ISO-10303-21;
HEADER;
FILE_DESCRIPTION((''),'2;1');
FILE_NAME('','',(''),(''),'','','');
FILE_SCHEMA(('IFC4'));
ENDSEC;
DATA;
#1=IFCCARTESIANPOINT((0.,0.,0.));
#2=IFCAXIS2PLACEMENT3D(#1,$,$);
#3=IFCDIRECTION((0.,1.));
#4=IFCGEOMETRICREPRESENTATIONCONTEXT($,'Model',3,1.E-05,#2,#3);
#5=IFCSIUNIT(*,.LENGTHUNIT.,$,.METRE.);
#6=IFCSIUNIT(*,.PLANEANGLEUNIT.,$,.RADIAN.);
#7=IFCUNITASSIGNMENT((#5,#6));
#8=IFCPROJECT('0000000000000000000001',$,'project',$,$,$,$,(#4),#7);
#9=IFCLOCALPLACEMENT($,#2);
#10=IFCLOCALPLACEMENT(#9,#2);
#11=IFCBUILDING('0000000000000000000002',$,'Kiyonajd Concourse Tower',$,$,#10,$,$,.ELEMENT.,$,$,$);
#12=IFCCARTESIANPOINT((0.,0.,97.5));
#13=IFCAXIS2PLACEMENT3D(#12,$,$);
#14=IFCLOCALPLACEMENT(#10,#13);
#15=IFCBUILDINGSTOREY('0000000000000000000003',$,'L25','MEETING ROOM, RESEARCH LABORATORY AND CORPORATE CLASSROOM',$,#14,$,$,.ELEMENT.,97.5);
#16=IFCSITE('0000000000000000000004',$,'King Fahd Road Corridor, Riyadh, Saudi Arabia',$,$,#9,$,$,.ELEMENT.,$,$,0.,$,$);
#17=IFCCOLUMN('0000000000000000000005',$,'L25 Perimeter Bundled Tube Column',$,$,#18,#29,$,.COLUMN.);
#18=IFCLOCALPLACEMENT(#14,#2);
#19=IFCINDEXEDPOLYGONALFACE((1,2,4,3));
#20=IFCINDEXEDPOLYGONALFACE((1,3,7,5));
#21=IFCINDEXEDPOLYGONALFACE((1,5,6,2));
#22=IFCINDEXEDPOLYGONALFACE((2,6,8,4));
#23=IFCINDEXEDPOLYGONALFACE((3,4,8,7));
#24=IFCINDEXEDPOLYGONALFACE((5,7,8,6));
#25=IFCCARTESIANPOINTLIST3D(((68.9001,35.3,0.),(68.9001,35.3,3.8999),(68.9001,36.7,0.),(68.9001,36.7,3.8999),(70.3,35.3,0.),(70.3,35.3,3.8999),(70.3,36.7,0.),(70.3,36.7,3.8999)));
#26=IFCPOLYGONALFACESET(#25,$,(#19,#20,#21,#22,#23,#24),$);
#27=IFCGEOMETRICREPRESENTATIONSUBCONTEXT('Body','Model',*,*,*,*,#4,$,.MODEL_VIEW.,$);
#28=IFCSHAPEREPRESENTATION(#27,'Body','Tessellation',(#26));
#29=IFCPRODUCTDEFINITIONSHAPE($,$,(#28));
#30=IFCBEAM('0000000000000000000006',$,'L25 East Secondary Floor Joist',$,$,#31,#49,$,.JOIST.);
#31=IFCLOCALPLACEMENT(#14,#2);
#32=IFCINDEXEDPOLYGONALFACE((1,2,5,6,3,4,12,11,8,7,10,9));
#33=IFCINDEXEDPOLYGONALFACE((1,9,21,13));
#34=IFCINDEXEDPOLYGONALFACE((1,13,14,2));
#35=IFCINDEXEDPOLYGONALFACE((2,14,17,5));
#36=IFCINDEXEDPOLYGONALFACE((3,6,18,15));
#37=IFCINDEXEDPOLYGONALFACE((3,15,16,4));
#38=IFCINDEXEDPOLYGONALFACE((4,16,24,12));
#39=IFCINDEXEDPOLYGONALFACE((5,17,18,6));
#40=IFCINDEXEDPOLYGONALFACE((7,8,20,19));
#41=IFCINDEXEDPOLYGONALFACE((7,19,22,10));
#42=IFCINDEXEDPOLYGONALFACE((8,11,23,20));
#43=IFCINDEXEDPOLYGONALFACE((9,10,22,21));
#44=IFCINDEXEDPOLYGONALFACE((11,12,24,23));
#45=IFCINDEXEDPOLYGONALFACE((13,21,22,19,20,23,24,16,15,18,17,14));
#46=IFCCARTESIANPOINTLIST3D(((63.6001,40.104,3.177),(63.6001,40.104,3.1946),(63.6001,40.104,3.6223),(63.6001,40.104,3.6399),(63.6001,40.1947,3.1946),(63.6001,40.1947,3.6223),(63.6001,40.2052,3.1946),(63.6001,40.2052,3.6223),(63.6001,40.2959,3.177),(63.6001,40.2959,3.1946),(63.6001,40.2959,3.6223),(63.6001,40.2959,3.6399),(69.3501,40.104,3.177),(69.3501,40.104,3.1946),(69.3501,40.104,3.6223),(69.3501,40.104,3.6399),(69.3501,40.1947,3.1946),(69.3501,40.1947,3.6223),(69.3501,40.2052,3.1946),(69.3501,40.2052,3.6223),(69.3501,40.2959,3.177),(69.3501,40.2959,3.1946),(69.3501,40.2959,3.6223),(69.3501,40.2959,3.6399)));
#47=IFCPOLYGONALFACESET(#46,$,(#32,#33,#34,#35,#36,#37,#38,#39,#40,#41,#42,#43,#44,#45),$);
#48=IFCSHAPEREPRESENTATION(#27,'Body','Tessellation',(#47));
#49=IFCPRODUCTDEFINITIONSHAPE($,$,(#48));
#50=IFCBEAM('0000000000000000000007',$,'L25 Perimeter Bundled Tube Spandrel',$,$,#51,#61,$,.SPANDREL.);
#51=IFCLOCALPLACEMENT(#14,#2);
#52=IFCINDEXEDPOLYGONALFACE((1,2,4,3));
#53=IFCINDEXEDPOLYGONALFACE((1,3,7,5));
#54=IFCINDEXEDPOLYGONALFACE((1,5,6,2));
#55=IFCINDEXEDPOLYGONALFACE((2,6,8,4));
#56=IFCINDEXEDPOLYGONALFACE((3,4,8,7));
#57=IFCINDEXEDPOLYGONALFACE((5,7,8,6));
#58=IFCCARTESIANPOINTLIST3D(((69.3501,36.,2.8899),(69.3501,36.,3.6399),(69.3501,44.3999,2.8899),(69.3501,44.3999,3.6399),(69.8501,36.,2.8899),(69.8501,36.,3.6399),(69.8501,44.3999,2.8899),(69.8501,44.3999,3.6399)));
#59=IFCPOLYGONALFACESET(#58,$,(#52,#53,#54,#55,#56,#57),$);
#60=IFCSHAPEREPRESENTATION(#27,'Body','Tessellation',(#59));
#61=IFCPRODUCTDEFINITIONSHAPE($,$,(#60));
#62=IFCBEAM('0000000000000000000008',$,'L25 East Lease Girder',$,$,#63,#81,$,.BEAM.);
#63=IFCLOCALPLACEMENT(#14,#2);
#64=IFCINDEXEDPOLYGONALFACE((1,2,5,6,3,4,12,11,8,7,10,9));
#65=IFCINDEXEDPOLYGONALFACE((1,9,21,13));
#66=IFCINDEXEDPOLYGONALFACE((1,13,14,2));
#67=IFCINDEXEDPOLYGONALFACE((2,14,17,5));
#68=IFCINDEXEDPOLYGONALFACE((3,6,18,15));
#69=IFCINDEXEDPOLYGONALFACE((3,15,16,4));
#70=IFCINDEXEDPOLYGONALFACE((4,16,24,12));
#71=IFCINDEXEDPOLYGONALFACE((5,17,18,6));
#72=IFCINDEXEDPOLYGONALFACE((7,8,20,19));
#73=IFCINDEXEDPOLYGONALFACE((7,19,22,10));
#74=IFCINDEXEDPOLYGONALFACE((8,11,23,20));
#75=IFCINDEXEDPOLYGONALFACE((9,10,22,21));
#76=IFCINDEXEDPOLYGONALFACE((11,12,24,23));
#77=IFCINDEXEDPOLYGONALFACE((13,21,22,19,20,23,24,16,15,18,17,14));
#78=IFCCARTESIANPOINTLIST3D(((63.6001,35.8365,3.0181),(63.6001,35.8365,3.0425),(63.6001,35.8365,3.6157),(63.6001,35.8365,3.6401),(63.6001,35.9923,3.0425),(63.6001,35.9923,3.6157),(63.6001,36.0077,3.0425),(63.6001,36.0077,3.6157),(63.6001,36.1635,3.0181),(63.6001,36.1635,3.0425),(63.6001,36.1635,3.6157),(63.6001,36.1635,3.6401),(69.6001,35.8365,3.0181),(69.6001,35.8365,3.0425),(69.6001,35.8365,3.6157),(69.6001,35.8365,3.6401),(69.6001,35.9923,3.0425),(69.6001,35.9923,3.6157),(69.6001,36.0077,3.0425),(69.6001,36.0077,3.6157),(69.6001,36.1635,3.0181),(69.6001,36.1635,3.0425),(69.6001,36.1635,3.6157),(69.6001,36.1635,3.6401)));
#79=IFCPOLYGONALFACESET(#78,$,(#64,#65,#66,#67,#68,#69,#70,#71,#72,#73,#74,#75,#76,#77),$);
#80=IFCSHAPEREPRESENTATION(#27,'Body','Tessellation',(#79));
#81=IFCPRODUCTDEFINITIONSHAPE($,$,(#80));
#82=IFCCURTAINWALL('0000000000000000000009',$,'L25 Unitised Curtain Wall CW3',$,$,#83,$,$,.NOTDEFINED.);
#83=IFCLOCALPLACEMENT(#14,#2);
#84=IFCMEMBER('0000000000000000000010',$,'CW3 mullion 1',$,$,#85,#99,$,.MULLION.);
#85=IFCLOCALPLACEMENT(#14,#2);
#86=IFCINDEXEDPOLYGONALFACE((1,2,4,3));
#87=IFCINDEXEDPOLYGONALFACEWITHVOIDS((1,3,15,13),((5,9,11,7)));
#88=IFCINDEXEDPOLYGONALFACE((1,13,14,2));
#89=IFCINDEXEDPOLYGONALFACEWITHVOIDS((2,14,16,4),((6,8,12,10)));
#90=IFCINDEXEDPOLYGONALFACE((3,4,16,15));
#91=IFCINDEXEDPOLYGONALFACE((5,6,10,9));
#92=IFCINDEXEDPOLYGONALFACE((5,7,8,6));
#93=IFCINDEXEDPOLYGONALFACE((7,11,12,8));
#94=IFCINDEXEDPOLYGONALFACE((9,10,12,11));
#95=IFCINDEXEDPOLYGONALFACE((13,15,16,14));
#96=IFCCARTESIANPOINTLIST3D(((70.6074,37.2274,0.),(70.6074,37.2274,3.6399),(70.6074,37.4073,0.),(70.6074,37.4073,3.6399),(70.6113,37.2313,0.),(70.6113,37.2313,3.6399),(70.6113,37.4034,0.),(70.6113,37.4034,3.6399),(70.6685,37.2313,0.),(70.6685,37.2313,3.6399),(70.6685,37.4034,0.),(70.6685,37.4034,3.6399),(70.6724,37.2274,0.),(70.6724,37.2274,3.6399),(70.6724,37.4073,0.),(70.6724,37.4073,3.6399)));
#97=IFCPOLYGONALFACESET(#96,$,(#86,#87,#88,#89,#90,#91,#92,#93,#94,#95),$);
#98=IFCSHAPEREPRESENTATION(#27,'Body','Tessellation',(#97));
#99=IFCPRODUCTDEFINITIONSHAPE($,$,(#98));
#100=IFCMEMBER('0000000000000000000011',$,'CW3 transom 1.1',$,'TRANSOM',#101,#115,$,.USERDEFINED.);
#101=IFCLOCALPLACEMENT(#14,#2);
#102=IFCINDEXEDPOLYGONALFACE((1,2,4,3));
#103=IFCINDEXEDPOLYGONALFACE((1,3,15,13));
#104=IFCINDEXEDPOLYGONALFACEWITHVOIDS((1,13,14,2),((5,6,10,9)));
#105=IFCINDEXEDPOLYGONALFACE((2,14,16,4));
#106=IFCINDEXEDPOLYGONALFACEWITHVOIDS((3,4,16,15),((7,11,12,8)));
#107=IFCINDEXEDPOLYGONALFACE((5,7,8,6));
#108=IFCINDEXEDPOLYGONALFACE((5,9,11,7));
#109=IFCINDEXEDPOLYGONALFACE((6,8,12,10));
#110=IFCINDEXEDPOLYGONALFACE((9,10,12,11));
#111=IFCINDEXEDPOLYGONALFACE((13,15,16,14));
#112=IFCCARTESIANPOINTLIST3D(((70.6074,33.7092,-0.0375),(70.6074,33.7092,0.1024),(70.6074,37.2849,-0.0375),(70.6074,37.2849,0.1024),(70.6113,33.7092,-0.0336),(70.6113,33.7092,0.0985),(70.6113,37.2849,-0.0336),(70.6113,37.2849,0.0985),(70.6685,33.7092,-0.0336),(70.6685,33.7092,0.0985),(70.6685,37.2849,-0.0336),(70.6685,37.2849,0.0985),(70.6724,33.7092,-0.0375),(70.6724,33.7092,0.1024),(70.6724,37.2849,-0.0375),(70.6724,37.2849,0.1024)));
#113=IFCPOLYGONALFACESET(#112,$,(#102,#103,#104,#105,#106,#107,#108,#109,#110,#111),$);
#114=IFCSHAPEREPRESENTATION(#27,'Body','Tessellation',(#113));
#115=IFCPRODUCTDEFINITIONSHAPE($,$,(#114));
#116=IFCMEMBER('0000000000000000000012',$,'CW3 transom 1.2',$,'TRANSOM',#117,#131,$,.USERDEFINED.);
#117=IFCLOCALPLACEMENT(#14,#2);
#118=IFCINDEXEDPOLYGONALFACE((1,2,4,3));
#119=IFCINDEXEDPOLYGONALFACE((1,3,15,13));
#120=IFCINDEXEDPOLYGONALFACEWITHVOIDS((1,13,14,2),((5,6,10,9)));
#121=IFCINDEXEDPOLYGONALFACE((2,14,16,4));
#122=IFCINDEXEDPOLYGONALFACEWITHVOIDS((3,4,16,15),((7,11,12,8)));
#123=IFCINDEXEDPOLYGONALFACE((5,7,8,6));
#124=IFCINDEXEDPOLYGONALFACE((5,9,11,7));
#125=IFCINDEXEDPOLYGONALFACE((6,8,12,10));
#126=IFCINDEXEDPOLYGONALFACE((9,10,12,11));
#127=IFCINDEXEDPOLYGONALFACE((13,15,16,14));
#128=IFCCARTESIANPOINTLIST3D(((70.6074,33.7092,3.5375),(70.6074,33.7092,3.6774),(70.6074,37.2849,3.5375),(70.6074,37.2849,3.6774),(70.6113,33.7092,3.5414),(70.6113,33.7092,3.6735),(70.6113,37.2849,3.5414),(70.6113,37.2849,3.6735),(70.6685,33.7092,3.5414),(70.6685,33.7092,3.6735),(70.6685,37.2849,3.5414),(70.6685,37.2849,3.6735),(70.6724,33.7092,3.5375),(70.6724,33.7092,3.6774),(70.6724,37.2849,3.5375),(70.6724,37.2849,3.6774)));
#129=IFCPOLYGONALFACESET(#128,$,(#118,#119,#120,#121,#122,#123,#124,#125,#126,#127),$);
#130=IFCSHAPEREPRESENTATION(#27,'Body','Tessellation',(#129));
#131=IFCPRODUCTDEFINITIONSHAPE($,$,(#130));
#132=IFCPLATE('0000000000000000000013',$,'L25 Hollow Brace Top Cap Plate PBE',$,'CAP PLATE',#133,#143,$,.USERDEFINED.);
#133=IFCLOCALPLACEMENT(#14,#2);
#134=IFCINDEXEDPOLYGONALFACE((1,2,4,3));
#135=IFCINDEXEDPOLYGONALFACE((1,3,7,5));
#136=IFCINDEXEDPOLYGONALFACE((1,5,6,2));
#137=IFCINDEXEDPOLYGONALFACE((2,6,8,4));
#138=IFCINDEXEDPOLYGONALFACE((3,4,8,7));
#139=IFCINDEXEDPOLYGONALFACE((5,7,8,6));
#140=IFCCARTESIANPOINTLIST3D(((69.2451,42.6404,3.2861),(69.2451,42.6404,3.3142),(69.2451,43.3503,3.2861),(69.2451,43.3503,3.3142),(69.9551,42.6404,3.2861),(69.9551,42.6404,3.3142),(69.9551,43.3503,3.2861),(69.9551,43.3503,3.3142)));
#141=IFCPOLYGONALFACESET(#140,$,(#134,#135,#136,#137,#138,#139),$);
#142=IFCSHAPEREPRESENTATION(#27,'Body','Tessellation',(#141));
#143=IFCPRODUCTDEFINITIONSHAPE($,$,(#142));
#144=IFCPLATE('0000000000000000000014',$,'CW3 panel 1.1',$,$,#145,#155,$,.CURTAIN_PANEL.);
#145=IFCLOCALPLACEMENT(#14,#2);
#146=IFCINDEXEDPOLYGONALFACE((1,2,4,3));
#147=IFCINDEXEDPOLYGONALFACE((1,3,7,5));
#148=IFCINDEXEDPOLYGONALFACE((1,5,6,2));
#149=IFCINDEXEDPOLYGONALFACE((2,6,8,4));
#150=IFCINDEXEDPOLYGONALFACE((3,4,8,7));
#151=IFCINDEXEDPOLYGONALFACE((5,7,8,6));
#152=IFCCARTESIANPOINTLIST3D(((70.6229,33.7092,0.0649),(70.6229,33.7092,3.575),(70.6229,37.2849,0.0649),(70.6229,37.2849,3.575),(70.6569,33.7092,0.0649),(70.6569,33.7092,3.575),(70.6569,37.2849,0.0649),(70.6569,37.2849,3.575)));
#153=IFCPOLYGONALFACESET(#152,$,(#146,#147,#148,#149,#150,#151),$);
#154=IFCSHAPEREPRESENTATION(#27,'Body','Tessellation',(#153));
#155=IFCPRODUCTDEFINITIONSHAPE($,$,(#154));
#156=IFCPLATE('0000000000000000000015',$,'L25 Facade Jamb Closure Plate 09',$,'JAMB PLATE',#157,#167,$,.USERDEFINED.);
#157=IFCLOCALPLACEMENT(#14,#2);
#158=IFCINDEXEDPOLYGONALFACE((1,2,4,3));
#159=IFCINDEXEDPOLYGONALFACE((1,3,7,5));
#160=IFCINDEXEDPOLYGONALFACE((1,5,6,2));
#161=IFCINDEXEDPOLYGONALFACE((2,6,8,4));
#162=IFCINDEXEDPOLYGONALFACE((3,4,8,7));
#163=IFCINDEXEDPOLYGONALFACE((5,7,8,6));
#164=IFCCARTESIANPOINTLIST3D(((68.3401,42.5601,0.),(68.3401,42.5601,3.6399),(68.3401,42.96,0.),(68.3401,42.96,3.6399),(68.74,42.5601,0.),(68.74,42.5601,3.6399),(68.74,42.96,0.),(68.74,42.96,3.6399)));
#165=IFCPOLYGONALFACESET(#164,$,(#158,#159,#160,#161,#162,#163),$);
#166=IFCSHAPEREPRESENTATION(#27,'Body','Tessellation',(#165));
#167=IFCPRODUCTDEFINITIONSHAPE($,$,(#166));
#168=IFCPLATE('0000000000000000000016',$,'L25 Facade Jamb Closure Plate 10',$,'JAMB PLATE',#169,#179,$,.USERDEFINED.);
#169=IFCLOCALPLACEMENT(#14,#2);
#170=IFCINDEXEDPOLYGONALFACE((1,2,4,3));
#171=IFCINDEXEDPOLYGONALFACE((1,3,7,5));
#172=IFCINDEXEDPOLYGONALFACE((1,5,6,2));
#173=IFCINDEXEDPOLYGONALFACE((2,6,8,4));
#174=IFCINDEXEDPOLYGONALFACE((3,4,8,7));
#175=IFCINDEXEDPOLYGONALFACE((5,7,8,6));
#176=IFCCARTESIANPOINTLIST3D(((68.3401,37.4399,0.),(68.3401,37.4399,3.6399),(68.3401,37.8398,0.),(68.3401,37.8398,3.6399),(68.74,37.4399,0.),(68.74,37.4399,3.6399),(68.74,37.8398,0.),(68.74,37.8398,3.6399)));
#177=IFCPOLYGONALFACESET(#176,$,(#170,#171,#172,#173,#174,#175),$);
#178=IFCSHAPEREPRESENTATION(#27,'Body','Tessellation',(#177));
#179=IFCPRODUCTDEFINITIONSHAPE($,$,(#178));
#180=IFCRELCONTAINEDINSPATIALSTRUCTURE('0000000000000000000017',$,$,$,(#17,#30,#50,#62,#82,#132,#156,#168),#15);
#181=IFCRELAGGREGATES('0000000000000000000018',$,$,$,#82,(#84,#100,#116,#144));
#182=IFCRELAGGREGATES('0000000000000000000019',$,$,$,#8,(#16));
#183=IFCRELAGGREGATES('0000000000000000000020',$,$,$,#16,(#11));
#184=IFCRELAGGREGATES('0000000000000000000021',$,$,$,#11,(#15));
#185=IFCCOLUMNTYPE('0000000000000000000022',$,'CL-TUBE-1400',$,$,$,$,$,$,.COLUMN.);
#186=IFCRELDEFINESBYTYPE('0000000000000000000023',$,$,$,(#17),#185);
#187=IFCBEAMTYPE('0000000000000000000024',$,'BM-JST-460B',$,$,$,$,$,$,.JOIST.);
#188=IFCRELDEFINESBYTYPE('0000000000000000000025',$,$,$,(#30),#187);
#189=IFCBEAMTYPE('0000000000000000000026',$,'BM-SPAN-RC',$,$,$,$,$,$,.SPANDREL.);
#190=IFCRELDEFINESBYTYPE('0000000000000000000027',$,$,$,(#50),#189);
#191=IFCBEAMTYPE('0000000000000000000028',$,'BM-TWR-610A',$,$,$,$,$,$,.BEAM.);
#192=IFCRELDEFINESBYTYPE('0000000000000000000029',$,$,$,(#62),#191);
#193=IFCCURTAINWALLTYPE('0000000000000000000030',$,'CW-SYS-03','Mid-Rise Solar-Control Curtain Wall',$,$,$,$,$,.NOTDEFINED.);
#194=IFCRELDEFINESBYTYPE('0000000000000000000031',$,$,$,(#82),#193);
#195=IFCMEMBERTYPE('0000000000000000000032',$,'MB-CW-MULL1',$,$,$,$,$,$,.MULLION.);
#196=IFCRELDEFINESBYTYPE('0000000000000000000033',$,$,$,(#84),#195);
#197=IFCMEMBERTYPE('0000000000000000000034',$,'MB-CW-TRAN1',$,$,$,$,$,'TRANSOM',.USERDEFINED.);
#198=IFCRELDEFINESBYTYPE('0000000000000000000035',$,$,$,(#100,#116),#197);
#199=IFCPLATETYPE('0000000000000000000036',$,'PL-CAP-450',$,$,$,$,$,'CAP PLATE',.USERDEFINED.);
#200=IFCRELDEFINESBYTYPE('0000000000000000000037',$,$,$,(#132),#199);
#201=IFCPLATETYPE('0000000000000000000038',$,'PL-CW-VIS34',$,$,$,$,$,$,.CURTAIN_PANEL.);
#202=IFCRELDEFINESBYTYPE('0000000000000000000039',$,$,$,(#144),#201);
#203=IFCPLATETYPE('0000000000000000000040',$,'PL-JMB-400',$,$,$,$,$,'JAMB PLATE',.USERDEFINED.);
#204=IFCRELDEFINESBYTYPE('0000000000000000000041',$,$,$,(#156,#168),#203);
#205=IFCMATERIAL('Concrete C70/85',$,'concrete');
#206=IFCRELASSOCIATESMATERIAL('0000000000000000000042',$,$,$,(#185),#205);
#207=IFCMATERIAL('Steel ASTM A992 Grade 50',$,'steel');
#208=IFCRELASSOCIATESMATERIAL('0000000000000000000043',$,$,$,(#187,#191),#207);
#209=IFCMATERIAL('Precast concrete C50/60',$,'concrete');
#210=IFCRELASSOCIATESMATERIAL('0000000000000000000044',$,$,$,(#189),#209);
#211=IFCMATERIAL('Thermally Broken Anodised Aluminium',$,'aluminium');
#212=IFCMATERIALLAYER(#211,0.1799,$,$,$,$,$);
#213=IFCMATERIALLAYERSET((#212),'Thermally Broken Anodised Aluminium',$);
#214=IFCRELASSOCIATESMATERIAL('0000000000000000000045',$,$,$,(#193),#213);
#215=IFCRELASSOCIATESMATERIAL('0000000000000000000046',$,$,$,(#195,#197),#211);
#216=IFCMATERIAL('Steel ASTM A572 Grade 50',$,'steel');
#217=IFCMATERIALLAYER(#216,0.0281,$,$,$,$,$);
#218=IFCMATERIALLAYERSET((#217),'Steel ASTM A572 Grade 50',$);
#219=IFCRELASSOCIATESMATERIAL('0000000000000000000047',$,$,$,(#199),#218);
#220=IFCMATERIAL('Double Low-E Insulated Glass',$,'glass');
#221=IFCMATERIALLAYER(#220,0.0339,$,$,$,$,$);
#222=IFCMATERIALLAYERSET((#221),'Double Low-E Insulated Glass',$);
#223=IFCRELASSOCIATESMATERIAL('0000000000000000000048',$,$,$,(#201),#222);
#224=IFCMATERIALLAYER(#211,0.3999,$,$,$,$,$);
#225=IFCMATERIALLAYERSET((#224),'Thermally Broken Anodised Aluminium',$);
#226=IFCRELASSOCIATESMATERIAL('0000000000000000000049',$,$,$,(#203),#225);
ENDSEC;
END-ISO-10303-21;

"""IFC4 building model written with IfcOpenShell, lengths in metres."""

from ifc_helpers import new_model, si_unit, direction, frame, origin, origin_2d, place, context, subcontext, project, spatial, rectangle, hollow_rectangle, i_section, extrude, material, layer, layer_set, material_profile, profile_set, type_object, element, aggregate, save


model = new_model("IFC4")

# Units and contexts
model_context = context("Model", 3, precision=1e-05, world=origin(), true_north=direction((0.0, 1.0)))
body_context = subcontext(model_context, "Body", "Model", "MODEL_VIEW")
ifc_project = project(units=[si_unit("LENGTHUNIT", "METRE"), si_unit("PLANEANGLEUNIT", "RADIAN")], contexts=[model_context])

# Site, building, storey
site_placement = place(None, origin())
site = spatial("IfcSite", under=ifc_project, at=site_placement, Name="King Fahd Road Corridor, Riyadh, Saudi Arabia", CompositionType="ELEMENT", RefElevation=0.0)
building_placement = place(site_placement, origin())
building = spatial("IfcBuilding", under=site, at=building_placement, Name="Kiyonajd Concourse Tower", CompositionType="ELEMENT")
storey_placement = place(building_placement, frame((0.0, 0.0, 97.5)))
storey = spatial("IfcBuildingStorey", under=building, at=storey_placement, Name="L25", Description="MEETING ROOM, RESEARCH LABORATORY AND CORPORATE CLASSROOM", CompositionType="ELEMENT", Elevation=97.5)

# Column
ifc_material_1 = material(Name="Concrete C70/85", Category="concrete")
ifc_material_profile_1 = material_profile(ifc_material_1, rectangle(XDim=1.3999, YDim=1.3999, at=origin_2d()), Name="RC-1400x1400")
ifc_profile_set_1 = profile_set([ifc_material_profile_1], Name="Concrete C70/85")
column_type = type_object("IfcColumnType", Name="CL-TUBE-1400", PredefinedType="COLUMN", material=ifc_profile_set_1)
column_placement = place(storey_placement, frame((69.6001, 36.0, 0.0), z_axis=(0.0, 0.0, 1.0), x_axis=(1.0, 0.0, 0.0)))
element("IfcColumn", 1, at=column_placement, inside=storey, type_object=column_type, Name="L25 Perimeter Bundled Tube Column", PredefinedType="COLUMN", context=body_context, shape_type="SweptSolid", body=[
    extrude(rectangle(XDim=1.3999, YDim=1.3999, at=origin_2d()), origin(), (0.0, 0.0, 1.0), 3.8999),
])

# Beams
ifc_material_2 = material(Name="Steel ASTM A992 Grade 50", Category="steel")
ifc_material_profile_2 = material_profile(ifc_material_2, i_section(OverallWidth=0.1919, OverallDepth=0.4629, WebThickness=0.0105, FlangeThickness=0.0176, at=origin_2d()), Name="W460X89")
ifc_profile_set_2 = profile_set([ifc_material_profile_2], Name="Steel ASTM A992 Grade 50")
beam_type_1 = type_object("IfcBeamType", Name="BM-JST-460B", PredefinedType="JOIST", material=ifc_profile_set_2)
beam_1_placement = place(storey_placement, frame((63.6001, 40.2, 3.4084), z_axis=(1.0, 0.0, 0.0), x_axis=(0.0, 1.0, 0.0)))
element("IfcBeam", 2, at=beam_1_placement, inside=storey, type_object=beam_type_1, Name="L25 East Secondary Floor Joist", PredefinedType="JOIST", context=body_context, shape_type="SweptSolid", body=[
    extrude(i_section(OverallWidth=0.1919, OverallDepth=0.4629, WebThickness=0.0105, FlangeThickness=0.0176, at=origin_2d()), origin(), (0.0, 0.0, 1.0), 5.75),
])
ifc_material_3 = material(Name="Precast concrete C50/60", Category="concrete")
ifc_material_profile_3 = material_profile(ifc_material_3, rectangle(XDim=0.5, YDim=0.75, at=origin_2d()), Name="RCBM-500x750")
ifc_profile_set_3 = profile_set([ifc_material_profile_3], Name="Precast concrete C50/60")
beam_type_2 = type_object("IfcBeamType", Name="BM-SPAN-RC", PredefinedType="SPANDREL", material=ifc_profile_set_3)
beam_2_placement = place(storey_placement, frame((69.6001, 36.0, 3.2649), z_axis=(0.0, 1.0, 0.0), x_axis=(-1.0, 0.0, 0.0)))
element("IfcBeam", 3, at=beam_2_placement, inside=storey, type_object=beam_type_2, Name="L25 Perimeter Bundled Tube Spandrel", PredefinedType="SPANDREL", context=body_context, shape_type="SweptSolid", body=[
    extrude(rectangle(XDim=0.5, YDim=0.75, at=origin_2d()), origin(), (0.0, 0.0, 1.0), 8.3999),
])
ifc_material_profile_4 = material_profile(ifc_material_2, i_section(OverallWidth=0.3269, OverallDepth=0.6221, WebThickness=0.0154, FlangeThickness=0.0244, at=origin_2d()), Name="W610X195")
ifc_profile_set_4 = profile_set([ifc_material_profile_4], Name="Steel ASTM A992 Grade 50")
beam_type_3 = type_object("IfcBeamType", Name="BM-TWR-610A", PredefinedType="BEAM", material=ifc_profile_set_4)
beam_3_placement = place(storey_placement, frame((63.6001, 36.0, 3.3291), z_axis=(1.0, 0.0, 0.0), x_axis=(0.0, 1.0, 0.0)))
element("IfcBeam", 4, at=beam_3_placement, inside=storey, type_object=beam_type_3, Name="L25 East Lease Girder", PredefinedType="BEAM", context=body_context, shape_type="SweptSolid", body=[
    extrude(i_section(OverallWidth=0.3269, OverallDepth=0.6221, WebThickness=0.0154, FlangeThickness=0.0244, at=origin_2d()), origin(), (0.0, 0.0, 1.0), 6.0),
])

# Curtain wall, members
ifc_material_4 = material(Name="Thermally Broken Anodised Aluminium", Category="aluminium")
ifc_layer_1 = layer(ifc_material_4, 0.1799)
ifc_layer_set_1 = layer_set([ifc_layer_1], Name="Thermally Broken Anodised Aluminium")
curtain_wall_type = type_object("IfcCurtainWallType", Name="CW-SYS-03", Description="Mid-Rise Solar-Control Curtain Wall", PredefinedType="NOTDEFINED", material=ifc_layer_set_1)
curtain_wall_placement = place(storey_placement, origin())
curtain_wall = element("IfcCurtainWall", 5, at=curtain_wall_placement, inside=storey, type_object=curtain_wall_type, Name="L25 Unitised Curtain Wall CW3", PredefinedType="NOTDEFINED")
ifc_material_profile_5 = material_profile(ifc_material_4, hollow_rectangle(XDim=0.0649, YDim=0.1799, WallThickness=0.0039, at=origin_2d()), Name="MULL-65x180")
ifc_profile_set_5 = profile_set([ifc_material_profile_5], Name="Thermally Broken Anodised Aluminium")
member_type_1 = type_object("IfcMemberType", Name="MB-CW-MULL1", PredefinedType="MULLION", material=ifc_profile_set_5)
member_1_placement = place(storey_placement, frame((70.6399, 37.3174, 0.0), z_axis=(0.0, 0.0, 1.0), x_axis=(1.0, 0.0, 0.0)))
member_1 = element("IfcMember", 6, at=member_1_placement, type_object=member_type_1, Name="CW3 mullion 1", PredefinedType="MULLION", context=body_context, shape_type="SweptSolid", body=[
    extrude(hollow_rectangle(XDim=0.0649, YDim=0.1799, WallThickness=0.0039, at=origin_2d()), origin(), (0.0, 0.0, 1.0), 3.6399),
])
ifc_material_profile_6 = material_profile(ifc_material_4, hollow_rectangle(XDim=0.0649, YDim=0.1399, WallThickness=0.0039, at=origin_2d()), Name="TRAN-65x140")
ifc_profile_set_6 = profile_set([ifc_material_profile_6], Name="Thermally Broken Anodised Aluminium")
member_type_2 = type_object("IfcMemberType", Name="MB-CW-TRAN1", ElementType="TRANSOM", PredefinedType="USERDEFINED", material=ifc_profile_set_6)
member_2_placement = place(storey_placement, frame((70.6399, 37.2849, 0.0325), z_axis=(0.0, -1.0, 0.0), x_axis=(1.0, 0.0, 0.0)))
member_2 = element("IfcMember", 7, at=member_2_placement, type_object=member_type_2, Name="CW3 transom 1.1", ObjectType="TRANSOM", PredefinedType="USERDEFINED", context=body_context, shape_type="SweptSolid", body=[
    extrude(hollow_rectangle(XDim=0.0649, YDim=0.1399, WallThickness=0.0039, at=origin_2d()), origin(), (0.0, 0.0, 1.0), 3.5757),
])
member_3_placement = place(storey_placement, frame((70.6399, 37.2849, 3.6074), z_axis=(0.0, -1.0, 0.0), x_axis=(1.0, 0.0, 0.0)))
member_3 = element("IfcMember", 8, at=member_3_placement, type_object=member_type_2, Name="CW3 transom 1.2", ObjectType="TRANSOM", PredefinedType="USERDEFINED", context=body_context, shape_type="SweptSolid", body=[
    extrude(hollow_rectangle(XDim=0.0649, YDim=0.1399, WallThickness=0.0039, at=origin_2d()), origin(), (0.0, 0.0, 1.0), 3.5757),
])

# Plates
ifc_material_5 = material(Name="Steel ASTM A572 Grade 50", Category="steel")
ifc_layer_2 = layer(ifc_material_5, 0.0281)
ifc_layer_set_2 = layer_set([ifc_layer_2], Name="Steel ASTM A572 Grade 50")
plate_type_1 = type_object("IfcPlateType", Name="PL-CAP-450", ElementType="CAP PLATE", PredefinedType="USERDEFINED", material=ifc_layer_set_2)
plate_1_placement = place(storey_placement, frame((69.6001, 42.9954, 3.2861), z_axis=(0.0, 0.0, 1.0), x_axis=(1.0, 0.0, 0.0)))
element("IfcPlate", 9, at=plate_1_placement, inside=storey, type_object=plate_type_1, Name="L25 Hollow Brace Top Cap Plate PBE", ObjectType="CAP PLATE", PredefinedType="USERDEFINED", context=body_context, shape_type="SweptSolid", body=[
    extrude(rectangle(XDim=0.71, YDim=0.71, at=origin_2d()), origin(), (0.0, 0.0, 1.0), 0.0281),
])
ifc_material_6 = material(Name="Double Low-E Insulated Glass", Category="glass")
ifc_layer_3 = layer(ifc_material_6, 0.0339)
ifc_layer_set_3 = layer_set([ifc_layer_3], Name="Double Low-E Insulated Glass")
plate_type_2 = type_object("IfcPlateType", Name="PL-CW-VIS34", PredefinedType="CURTAIN_PANEL", material=ifc_layer_set_3)
plate_2_placement = place(storey_placement, frame((70.6399, 35.4971, 0.0649), z_axis=(0.0, 0.0, 1.0), x_axis=(0.0, -1.0, 0.0)))
plate_2 = element("IfcPlate", 10, at=plate_2_placement, type_object=plate_type_2, Name="CW3 panel 1.1", PredefinedType="CURTAIN_PANEL", context=body_context, shape_type="SweptSolid", body=[
    extrude(rectangle(XDim=3.5757, YDim=0.0339, at=origin_2d()), origin(), (0.0, 0.0, 1.0), 3.51),
])
aggregate(curtain_wall, [member_1, member_2, member_3, plate_2])

# Plates
ifc_layer_4 = layer(ifc_material_4, 0.3999)
ifc_layer_set_4 = layer_set([ifc_layer_4], Name="Thermally Broken Anodised Aluminium")
plate_type_3 = type_object("IfcPlateType", Name="PL-JMB-400", ElementType="JAMB PLATE", PredefinedType="USERDEFINED", material=ifc_layer_set_4)
for number, where, z_axis, x_axis, name in (
    (11, (68.54, 42.76, 0.0), (0.0, 0.0, 1.0), (1.0, 0.0, 0.0), "L25 Facade Jamb Closure Plate 09"),
    (12, (68.54, 37.6399, 0.0), (0.0, 0.0, 1.0), (1.0, 0.0, 0.0), "L25 Facade Jamb Closure Plate 10"),
):
    element("IfcPlate", number, at=place(storey_placement, frame(where, z_axis=z_axis, x_axis=x_axis)), inside=storey, type_object=plate_type_3, Name=name, ObjectType="JAMB PLATE", PredefinedType="USERDEFINED", context=body_context, shape_type="SweptSolid", body=[
        extrude(rectangle(XDim=0.3999, YDim=0.3999, at=origin_2d()), origin(), (0.0, 0.0, 1.0), 3.6399),
    ])

save(model, "model.ifc")
